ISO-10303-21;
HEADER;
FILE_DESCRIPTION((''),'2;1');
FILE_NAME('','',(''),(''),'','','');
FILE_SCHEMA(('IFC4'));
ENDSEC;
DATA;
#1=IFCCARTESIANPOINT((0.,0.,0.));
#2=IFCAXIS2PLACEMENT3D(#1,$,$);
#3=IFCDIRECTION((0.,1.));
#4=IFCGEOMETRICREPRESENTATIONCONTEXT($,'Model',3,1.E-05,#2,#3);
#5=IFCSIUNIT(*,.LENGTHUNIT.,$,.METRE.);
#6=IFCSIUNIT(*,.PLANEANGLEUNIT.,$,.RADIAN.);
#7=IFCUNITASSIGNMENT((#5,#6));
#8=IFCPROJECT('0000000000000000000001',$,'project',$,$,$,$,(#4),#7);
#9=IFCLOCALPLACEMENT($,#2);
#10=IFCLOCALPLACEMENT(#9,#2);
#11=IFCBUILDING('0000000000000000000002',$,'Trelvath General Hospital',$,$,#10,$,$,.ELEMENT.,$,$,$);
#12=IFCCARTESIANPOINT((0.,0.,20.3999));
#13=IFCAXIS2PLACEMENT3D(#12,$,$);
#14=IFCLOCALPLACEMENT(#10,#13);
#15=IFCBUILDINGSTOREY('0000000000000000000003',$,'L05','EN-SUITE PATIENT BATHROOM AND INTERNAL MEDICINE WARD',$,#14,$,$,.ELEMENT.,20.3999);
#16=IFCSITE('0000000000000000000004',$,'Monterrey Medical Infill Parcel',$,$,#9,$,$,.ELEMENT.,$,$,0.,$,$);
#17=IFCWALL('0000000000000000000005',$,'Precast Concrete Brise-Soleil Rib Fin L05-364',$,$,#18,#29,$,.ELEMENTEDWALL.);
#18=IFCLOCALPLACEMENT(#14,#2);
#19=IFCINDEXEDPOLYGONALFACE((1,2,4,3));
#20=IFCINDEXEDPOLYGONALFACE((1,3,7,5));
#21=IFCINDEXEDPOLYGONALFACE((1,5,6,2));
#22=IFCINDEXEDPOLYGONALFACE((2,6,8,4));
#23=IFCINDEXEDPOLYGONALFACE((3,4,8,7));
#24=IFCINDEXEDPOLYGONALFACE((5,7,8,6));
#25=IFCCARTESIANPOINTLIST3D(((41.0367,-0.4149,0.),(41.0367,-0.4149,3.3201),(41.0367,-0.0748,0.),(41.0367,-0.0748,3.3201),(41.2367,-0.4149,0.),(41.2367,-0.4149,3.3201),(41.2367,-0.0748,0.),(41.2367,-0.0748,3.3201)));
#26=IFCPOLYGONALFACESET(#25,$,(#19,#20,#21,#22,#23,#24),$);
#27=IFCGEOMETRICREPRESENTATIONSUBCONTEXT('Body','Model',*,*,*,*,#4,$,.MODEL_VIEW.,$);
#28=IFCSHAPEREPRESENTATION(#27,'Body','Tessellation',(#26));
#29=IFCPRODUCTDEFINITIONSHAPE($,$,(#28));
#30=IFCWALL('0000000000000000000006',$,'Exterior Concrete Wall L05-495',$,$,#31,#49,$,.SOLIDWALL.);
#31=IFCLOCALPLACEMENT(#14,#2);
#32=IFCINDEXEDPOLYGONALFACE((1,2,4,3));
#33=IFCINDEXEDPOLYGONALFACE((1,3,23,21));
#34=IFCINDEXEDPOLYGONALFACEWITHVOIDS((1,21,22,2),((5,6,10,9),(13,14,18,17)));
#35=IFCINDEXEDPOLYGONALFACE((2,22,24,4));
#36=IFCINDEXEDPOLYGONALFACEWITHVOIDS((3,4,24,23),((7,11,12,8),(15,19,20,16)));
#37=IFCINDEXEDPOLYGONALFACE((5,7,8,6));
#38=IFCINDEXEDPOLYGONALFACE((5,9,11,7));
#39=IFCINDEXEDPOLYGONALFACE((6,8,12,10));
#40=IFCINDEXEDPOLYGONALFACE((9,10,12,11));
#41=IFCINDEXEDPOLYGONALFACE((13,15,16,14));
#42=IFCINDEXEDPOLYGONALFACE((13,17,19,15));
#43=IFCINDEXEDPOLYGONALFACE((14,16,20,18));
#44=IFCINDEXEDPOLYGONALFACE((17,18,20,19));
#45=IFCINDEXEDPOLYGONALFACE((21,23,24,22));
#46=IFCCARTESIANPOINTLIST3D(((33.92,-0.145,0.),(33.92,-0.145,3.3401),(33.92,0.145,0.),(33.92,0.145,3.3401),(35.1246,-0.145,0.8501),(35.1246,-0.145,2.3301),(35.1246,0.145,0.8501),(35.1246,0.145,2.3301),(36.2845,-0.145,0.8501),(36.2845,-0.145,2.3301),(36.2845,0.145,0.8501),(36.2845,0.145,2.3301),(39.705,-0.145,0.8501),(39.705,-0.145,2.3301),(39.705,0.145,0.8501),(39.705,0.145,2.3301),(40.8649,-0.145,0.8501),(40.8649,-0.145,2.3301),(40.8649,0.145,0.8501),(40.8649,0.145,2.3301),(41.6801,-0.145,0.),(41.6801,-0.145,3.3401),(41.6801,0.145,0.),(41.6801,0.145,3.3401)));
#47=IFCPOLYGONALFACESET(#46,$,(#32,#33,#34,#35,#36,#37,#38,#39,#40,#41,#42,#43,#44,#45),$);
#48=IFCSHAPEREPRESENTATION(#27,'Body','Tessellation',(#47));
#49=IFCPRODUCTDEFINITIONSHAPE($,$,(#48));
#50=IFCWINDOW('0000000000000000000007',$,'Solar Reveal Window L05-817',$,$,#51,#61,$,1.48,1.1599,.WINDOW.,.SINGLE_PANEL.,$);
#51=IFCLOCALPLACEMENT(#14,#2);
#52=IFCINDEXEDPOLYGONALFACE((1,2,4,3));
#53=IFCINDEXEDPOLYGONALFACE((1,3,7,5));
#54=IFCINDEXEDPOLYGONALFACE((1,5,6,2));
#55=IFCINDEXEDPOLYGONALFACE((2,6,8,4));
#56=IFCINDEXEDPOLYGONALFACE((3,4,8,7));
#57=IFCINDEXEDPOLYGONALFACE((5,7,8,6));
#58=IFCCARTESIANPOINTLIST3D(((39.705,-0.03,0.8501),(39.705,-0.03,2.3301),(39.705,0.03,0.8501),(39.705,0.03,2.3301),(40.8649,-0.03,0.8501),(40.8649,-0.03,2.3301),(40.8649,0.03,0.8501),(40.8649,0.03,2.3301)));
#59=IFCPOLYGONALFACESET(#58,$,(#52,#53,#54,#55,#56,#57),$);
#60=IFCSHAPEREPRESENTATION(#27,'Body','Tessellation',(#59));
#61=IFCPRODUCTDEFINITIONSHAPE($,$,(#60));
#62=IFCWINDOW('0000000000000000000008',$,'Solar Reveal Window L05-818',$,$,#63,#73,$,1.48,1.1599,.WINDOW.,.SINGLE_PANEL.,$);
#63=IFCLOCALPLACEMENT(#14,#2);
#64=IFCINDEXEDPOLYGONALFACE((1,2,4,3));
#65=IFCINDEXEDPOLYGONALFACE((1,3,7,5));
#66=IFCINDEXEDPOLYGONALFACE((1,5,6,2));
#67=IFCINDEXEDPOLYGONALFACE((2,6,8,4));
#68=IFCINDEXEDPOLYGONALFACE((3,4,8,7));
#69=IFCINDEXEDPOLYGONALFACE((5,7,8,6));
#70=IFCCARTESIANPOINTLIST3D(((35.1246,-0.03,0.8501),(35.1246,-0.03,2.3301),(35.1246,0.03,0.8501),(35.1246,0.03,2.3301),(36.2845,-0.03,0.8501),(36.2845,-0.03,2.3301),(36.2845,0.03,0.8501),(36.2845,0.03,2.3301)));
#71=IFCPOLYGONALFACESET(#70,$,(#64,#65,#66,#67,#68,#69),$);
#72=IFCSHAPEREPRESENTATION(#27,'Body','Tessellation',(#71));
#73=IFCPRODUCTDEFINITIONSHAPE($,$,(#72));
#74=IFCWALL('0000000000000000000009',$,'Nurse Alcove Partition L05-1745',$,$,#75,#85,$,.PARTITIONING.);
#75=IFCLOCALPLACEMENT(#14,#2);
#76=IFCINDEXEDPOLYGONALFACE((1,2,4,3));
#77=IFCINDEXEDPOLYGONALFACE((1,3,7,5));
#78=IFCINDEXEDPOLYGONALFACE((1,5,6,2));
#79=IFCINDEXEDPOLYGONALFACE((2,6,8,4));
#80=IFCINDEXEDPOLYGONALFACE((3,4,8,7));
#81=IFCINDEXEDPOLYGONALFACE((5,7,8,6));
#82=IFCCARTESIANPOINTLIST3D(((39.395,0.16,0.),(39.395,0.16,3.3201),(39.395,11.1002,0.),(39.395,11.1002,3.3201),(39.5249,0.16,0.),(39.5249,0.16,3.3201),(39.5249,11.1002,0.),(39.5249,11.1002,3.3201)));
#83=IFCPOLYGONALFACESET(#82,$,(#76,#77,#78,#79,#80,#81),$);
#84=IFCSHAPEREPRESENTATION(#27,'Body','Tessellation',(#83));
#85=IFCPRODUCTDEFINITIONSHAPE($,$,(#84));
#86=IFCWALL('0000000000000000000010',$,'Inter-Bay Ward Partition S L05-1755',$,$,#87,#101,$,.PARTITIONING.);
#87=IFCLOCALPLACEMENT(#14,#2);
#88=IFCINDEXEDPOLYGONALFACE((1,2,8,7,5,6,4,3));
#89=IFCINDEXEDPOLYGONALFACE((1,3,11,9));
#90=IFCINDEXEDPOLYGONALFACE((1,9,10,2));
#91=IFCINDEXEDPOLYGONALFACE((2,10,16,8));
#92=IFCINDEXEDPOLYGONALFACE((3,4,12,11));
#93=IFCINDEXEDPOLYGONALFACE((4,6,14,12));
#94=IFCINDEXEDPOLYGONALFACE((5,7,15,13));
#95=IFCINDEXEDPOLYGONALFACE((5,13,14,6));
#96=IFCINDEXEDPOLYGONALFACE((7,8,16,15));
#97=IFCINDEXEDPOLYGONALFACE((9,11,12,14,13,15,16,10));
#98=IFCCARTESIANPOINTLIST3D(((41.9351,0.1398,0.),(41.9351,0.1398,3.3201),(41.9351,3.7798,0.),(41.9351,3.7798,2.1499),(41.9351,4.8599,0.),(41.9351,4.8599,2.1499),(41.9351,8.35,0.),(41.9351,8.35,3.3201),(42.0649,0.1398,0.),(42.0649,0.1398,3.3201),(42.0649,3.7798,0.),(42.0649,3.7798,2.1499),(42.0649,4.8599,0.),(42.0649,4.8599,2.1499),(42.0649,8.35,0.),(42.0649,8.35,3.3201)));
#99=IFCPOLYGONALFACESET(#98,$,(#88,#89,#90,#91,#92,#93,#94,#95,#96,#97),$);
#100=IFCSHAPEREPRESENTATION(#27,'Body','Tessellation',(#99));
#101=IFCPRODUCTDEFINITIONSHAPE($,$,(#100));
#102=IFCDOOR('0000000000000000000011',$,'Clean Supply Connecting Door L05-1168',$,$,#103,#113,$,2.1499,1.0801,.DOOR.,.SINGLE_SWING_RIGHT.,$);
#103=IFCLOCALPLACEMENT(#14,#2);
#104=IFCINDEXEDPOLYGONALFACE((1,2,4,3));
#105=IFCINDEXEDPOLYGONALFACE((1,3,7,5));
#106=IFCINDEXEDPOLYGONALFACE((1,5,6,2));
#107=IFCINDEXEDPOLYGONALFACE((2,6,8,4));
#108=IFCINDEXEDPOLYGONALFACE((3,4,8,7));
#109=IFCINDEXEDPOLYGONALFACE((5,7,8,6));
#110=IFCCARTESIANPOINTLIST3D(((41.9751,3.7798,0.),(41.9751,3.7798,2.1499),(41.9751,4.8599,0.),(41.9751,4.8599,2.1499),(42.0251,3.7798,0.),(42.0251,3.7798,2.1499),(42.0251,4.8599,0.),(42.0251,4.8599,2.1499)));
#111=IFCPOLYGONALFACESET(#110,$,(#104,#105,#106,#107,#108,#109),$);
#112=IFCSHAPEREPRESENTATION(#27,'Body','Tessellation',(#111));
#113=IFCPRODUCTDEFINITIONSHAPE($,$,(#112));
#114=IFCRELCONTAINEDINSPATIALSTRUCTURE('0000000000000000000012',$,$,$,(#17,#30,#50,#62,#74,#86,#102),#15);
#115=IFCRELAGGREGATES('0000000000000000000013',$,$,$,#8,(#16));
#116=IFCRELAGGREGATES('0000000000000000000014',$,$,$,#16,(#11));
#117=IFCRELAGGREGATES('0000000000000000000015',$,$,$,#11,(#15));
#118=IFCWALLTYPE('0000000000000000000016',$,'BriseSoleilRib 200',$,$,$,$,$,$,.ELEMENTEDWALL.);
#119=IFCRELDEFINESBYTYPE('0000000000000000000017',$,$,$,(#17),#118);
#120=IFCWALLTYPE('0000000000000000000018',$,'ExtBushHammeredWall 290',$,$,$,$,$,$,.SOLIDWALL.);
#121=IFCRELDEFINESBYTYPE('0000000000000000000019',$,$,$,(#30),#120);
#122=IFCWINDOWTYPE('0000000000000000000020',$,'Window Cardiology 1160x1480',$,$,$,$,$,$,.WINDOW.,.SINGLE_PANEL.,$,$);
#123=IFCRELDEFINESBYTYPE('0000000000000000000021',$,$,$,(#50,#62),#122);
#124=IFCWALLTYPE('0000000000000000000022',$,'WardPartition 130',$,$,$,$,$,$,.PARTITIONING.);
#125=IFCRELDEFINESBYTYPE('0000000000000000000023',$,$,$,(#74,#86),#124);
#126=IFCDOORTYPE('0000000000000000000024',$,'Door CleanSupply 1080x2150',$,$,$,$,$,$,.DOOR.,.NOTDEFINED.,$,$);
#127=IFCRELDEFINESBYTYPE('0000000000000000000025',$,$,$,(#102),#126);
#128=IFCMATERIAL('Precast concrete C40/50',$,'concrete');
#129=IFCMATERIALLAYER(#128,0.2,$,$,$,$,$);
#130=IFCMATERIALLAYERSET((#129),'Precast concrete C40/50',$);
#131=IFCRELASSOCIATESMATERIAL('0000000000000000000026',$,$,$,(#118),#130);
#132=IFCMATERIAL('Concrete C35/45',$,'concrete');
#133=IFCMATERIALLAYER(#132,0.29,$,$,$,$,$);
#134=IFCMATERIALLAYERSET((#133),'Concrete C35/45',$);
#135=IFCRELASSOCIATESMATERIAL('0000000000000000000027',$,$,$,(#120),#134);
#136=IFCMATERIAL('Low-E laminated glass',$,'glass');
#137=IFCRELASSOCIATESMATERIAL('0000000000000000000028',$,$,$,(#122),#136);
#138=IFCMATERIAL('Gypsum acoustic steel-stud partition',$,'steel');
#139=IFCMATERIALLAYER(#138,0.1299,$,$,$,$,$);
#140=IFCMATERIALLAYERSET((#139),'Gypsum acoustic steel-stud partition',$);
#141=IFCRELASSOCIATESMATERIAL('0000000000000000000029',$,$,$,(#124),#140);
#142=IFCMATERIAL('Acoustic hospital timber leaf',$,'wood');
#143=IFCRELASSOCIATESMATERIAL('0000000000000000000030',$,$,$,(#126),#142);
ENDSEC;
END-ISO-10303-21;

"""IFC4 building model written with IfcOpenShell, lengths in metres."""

from ifc_helpers import new_model, si_unit, direction, frame, frame_2d, origin, place, context, subcontext, project, spatial, rectangle, extrude, material, layer, layer_set, type_object, element, fill, save


model = new_model("IFC4")

# Units and contexts
model_context = context("Model", 3, precision=1e-05, world=origin(), true_north=direction((0.0, 1.0)))
body_context = subcontext(model_context, "Body", "Model", "MODEL_VIEW")
ifc_project = project(units=[si_unit("LENGTHUNIT", "METRE"), si_unit("PLANEANGLEUNIT", "RADIAN")], contexts=[model_context])

# Site, building, storey
site_placement = place(None, origin())
site = spatial("IfcSite", under=ifc_project, at=site_placement, Name="Monterrey Medical Infill Parcel", CompositionType="ELEMENT", RefElevation=0.0)
building_placement = place(site_placement, origin())
building = spatial("IfcBuilding", under=site, at=building_placement, Name="Trelvath General Hospital", CompositionType="ELEMENT")
storey_placement = place(building_placement, frame((0.0, 0.0, 20.3999)))
storey = spatial("IfcBuildingStorey", under=building, at=storey_placement, Name="L05", Description="EN-SUITE PATIENT BATHROOM AND INTERNAL MEDICINE WARD", CompositionType="ELEMENT", Elevation=20.3999)

# Wall
ifc_material_1 = material(Name="Precast concrete C40/50", Category="concrete")
ifc_layer_1 = layer(ifc_material_1, 0.2)
ifc_layer_set_1 = layer_set([ifc_layer_1], Name="Precast concrete C40/50")
wall_type_1 = type_object("IfcWallType", Name="BriseSoleilRib 200", PredefinedType="ELEMENTEDWALL", material=ifc_layer_set_1)
wall_1_placement = place(storey_placement, frame((41.1367, -0.075, 0.0), z_axis=(0.0, 0.0, 1.0), x_axis=(0.0, -1.0, 0.0)))
element("IfcWall", 1, at=wall_1_placement, inside=storey, type_object=wall_type_1, Name="Precast Concrete Brise-Soleil Rib Fin L05-364", PredefinedType="ELEMENTEDWALL", context=body_context, shape_type="SweptSolid", body=[
    extrude(rectangle(XDim=0.3401, YDim=0.2, at=frame_2d((0.1699, 0.0))), origin(), (0.0, 0.0, 1.0), 3.3201),
])

# Wall, openings, windows
ifc_material_2 = material(Name="Concrete C35/45", Category="concrete")
ifc_layer_2 = layer(ifc_material_2, 0.29)
ifc_layer_set_2 = layer_set([ifc_layer_2], Name="Concrete C35/45")
wall_type_2 = type_object("IfcWallType", Name="ExtBushHammeredWall 290", PredefinedType="SOLIDWALL", material=ifc_layer_set_2)
wall_2_placement = place(storey_placement, frame((41.6799, 0.0, 0.0), z_axis=(0.0, 0.0, 1.0), x_axis=(-1.0, 0.0, 0.0)))
wall_2 = element("IfcWall", 2, at=wall_2_placement, inside=storey, type_object=wall_type_2, Name="Exterior Concrete Wall L05-495", PredefinedType="SOLIDWALL", context=body_context, shape_type="SweptSolid", body=[
    extrude(rectangle(XDim=7.76, YDim=0.29, at=frame_2d((3.8799, 0.0))), origin(), (0.0, 0.0, 1.0), 3.3401),
])
opening_1_placement = place(wall_2_placement, frame((0.8149, 0.0, 0.8501)))
opening_1 = element("IfcOpeningElement", 3, at=opening_1_placement, cuts=wall_2, PredefinedType="OPENING", context=body_context, shape_type="SweptSolid", body=[
    extrude(rectangle(XDim=1.1599, YDim=1.48, at=frame_2d((0.5801, 0.74))), frame((0.0, 0.155, 0.0), z_axis=(0.0, -1.0, 0.0), x_axis=(1.0, 0.0, 0.0)), (0.0, 0.0, 1.0), 0.3101),
])
opening_2_placement = place(wall_2_placement, frame((5.3953, 0.0, 0.8501)))
opening_2 = element("IfcOpeningElement", 4, at=opening_2_placement, cuts=wall_2, PredefinedType="OPENING", context=body_context, shape_type="SweptSolid", body=[
    extrude(rectangle(XDim=1.1599, YDim=1.48, at=frame_2d((0.5801, 0.74))), frame((0.0, 0.155, 0.0), z_axis=(0.0, -1.0, 0.0), x_axis=(1.0, 0.0, 0.0)), (0.0, 0.0, 1.0), 0.3101),
])
ifc_material_3 = material(Name="Low-E laminated glass", Category="glass")
window_type = type_object("IfcWindowType", Name="Window Cardiology 1160x1480", PartitioningType="SINGLE_PANEL", PredefinedType="WINDOW", material=ifc_material_3)
window_1_placement = place(opening_1_placement, origin())
window_1 = element("IfcWindow", 5, at=window_1_placement, inside=storey, type_object=window_type, Name="Solar Reveal Window L05-817", OverallHeight=1.48, OverallWidth=1.1599, PartitioningType="SINGLE_PANEL", PredefinedType="WINDOW", context=body_context, shape_type="SweptSolid", body=[
    extrude(rectangle(XDim=1.1599, YDim=1.48, at=frame_2d((0.5801, 0.74))), frame((0.0, 0.03, 0.0), z_axis=(0.0, -1.0, 0.0), x_axis=(1.0, 0.0, 0.0)), (0.0, 0.0, 1.0), 0.0601),
])
fill(opening_1, window_1)
window_2_placement = place(opening_2_placement, origin())
window_2 = element("IfcWindow", 6, at=window_2_placement, inside=storey, type_object=window_type, Name="Solar Reveal Window L05-818", OverallHeight=1.48, OverallWidth=1.1599, PartitioningType="SINGLE_PANEL", PredefinedType="WINDOW", context=body_context, shape_type="SweptSolid", body=[
    extrude(rectangle(XDim=1.1599, YDim=1.48, at=frame_2d((0.5801, 0.74))), frame((0.0, 0.03, 0.0), z_axis=(0.0, -1.0, 0.0), x_axis=(1.0, 0.0, 0.0)), (0.0, 0.0, 1.0), 0.0601),
])
fill(opening_2, window_2)

# Wall
ifc_material_4 = material(Name="Gypsum acoustic steel-stud partition", Category="steel")
ifc_layer_3 = layer(ifc_material_4, 0.1299)
ifc_layer_set_3 = layer_set([ifc_layer_3], Name="Gypsum acoustic steel-stud partition")
wall_type_3 = type_object("IfcWallType", Name="WardPartition 130", PredefinedType="PARTITIONING", material=ifc_layer_set_3)
wall_3_placement = place(storey_placement, frame((39.46, 0.1599, 0.0), z_axis=(0.0, 0.0, 1.0), x_axis=(0.0, 1.0, 0.0)))
element("IfcWall", 7, at=wall_3_placement, inside=storey, type_object=wall_type_3, Name="Nurse Alcove Partition L05-1745", PredefinedType="PARTITIONING", context=body_context, shape_type="SweptSolid", body=[
    extrude(rectangle(XDim=10.9402, YDim=0.1299, at=frame_2d((5.4702, 0.0))), origin(), (0.0, 0.0, 1.0), 3.3201),
])

# Wall, opening, door
wall_4_placement = place(storey_placement, frame((42.0, 0.1399, 0.0), z_axis=(0.0, 0.0, 1.0), x_axis=(0.0, 1.0, 0.0)))
wall_4 = element("IfcWall", 8, at=wall_4_placement, inside=storey, type_object=wall_type_3, Name="Inter-Bay Ward Partition S L05-1755", PredefinedType="PARTITIONING", context=body_context, shape_type="SweptSolid", body=[
    extrude(rectangle(XDim=8.2102, YDim=0.1299, at=frame_2d((4.105, 0.0))), origin(), (0.0, 0.0, 1.0), 3.3201),
])
opening_3_placement = place(wall_4_placement, frame((3.6399, 0.0, 0.0)))
opening_3 = element("IfcOpeningElement", 9, at=opening_3_placement, cuts=wall_4, PredefinedType="OPENING", context=body_context, shape_type="SweptSolid", body=[
    extrude(rectangle(XDim=1.0801, YDim=2.1499, at=frame_2d((0.54, 1.075))), frame((0.0, 0.075, 0.0), z_axis=(0.0, -1.0, 0.0), x_axis=(1.0, 0.0, 0.0)), (0.0, 0.0, 1.0), 0.1499),
])
ifc_material_5 = material(Name="Acoustic hospital timber leaf", Category="wood")
door_type = type_object("IfcDoorType", Name="Door CleanSupply 1080x2150", OperationType="NOTDEFINED", PredefinedType="DOOR", material=ifc_material_5)
door_placement = place(opening_3_placement, origin())
door = element("IfcDoor", 10, at=door_placement, inside=storey, type_object=door_type, Name="Clean Supply Connecting Door L05-1168", OperationType="SINGLE_SWING_RIGHT", OverallHeight=2.1499, OverallWidth=1.0801, PredefinedType="DOOR", context=body_context, shape_type="SweptSolid", body=[
    extrude(rectangle(XDim=1.0801, YDim=2.1499, at=frame_2d((0.54, 1.075))), frame((0.0, 0.0249, 0.0), z_axis=(0.0, -1.0, 0.0), x_axis=(1.0, 0.0, 0.0)), (0.0, 0.0, 1.0), 0.05),
])
fill(opening_3, door)

save(model, "model.ifc")
